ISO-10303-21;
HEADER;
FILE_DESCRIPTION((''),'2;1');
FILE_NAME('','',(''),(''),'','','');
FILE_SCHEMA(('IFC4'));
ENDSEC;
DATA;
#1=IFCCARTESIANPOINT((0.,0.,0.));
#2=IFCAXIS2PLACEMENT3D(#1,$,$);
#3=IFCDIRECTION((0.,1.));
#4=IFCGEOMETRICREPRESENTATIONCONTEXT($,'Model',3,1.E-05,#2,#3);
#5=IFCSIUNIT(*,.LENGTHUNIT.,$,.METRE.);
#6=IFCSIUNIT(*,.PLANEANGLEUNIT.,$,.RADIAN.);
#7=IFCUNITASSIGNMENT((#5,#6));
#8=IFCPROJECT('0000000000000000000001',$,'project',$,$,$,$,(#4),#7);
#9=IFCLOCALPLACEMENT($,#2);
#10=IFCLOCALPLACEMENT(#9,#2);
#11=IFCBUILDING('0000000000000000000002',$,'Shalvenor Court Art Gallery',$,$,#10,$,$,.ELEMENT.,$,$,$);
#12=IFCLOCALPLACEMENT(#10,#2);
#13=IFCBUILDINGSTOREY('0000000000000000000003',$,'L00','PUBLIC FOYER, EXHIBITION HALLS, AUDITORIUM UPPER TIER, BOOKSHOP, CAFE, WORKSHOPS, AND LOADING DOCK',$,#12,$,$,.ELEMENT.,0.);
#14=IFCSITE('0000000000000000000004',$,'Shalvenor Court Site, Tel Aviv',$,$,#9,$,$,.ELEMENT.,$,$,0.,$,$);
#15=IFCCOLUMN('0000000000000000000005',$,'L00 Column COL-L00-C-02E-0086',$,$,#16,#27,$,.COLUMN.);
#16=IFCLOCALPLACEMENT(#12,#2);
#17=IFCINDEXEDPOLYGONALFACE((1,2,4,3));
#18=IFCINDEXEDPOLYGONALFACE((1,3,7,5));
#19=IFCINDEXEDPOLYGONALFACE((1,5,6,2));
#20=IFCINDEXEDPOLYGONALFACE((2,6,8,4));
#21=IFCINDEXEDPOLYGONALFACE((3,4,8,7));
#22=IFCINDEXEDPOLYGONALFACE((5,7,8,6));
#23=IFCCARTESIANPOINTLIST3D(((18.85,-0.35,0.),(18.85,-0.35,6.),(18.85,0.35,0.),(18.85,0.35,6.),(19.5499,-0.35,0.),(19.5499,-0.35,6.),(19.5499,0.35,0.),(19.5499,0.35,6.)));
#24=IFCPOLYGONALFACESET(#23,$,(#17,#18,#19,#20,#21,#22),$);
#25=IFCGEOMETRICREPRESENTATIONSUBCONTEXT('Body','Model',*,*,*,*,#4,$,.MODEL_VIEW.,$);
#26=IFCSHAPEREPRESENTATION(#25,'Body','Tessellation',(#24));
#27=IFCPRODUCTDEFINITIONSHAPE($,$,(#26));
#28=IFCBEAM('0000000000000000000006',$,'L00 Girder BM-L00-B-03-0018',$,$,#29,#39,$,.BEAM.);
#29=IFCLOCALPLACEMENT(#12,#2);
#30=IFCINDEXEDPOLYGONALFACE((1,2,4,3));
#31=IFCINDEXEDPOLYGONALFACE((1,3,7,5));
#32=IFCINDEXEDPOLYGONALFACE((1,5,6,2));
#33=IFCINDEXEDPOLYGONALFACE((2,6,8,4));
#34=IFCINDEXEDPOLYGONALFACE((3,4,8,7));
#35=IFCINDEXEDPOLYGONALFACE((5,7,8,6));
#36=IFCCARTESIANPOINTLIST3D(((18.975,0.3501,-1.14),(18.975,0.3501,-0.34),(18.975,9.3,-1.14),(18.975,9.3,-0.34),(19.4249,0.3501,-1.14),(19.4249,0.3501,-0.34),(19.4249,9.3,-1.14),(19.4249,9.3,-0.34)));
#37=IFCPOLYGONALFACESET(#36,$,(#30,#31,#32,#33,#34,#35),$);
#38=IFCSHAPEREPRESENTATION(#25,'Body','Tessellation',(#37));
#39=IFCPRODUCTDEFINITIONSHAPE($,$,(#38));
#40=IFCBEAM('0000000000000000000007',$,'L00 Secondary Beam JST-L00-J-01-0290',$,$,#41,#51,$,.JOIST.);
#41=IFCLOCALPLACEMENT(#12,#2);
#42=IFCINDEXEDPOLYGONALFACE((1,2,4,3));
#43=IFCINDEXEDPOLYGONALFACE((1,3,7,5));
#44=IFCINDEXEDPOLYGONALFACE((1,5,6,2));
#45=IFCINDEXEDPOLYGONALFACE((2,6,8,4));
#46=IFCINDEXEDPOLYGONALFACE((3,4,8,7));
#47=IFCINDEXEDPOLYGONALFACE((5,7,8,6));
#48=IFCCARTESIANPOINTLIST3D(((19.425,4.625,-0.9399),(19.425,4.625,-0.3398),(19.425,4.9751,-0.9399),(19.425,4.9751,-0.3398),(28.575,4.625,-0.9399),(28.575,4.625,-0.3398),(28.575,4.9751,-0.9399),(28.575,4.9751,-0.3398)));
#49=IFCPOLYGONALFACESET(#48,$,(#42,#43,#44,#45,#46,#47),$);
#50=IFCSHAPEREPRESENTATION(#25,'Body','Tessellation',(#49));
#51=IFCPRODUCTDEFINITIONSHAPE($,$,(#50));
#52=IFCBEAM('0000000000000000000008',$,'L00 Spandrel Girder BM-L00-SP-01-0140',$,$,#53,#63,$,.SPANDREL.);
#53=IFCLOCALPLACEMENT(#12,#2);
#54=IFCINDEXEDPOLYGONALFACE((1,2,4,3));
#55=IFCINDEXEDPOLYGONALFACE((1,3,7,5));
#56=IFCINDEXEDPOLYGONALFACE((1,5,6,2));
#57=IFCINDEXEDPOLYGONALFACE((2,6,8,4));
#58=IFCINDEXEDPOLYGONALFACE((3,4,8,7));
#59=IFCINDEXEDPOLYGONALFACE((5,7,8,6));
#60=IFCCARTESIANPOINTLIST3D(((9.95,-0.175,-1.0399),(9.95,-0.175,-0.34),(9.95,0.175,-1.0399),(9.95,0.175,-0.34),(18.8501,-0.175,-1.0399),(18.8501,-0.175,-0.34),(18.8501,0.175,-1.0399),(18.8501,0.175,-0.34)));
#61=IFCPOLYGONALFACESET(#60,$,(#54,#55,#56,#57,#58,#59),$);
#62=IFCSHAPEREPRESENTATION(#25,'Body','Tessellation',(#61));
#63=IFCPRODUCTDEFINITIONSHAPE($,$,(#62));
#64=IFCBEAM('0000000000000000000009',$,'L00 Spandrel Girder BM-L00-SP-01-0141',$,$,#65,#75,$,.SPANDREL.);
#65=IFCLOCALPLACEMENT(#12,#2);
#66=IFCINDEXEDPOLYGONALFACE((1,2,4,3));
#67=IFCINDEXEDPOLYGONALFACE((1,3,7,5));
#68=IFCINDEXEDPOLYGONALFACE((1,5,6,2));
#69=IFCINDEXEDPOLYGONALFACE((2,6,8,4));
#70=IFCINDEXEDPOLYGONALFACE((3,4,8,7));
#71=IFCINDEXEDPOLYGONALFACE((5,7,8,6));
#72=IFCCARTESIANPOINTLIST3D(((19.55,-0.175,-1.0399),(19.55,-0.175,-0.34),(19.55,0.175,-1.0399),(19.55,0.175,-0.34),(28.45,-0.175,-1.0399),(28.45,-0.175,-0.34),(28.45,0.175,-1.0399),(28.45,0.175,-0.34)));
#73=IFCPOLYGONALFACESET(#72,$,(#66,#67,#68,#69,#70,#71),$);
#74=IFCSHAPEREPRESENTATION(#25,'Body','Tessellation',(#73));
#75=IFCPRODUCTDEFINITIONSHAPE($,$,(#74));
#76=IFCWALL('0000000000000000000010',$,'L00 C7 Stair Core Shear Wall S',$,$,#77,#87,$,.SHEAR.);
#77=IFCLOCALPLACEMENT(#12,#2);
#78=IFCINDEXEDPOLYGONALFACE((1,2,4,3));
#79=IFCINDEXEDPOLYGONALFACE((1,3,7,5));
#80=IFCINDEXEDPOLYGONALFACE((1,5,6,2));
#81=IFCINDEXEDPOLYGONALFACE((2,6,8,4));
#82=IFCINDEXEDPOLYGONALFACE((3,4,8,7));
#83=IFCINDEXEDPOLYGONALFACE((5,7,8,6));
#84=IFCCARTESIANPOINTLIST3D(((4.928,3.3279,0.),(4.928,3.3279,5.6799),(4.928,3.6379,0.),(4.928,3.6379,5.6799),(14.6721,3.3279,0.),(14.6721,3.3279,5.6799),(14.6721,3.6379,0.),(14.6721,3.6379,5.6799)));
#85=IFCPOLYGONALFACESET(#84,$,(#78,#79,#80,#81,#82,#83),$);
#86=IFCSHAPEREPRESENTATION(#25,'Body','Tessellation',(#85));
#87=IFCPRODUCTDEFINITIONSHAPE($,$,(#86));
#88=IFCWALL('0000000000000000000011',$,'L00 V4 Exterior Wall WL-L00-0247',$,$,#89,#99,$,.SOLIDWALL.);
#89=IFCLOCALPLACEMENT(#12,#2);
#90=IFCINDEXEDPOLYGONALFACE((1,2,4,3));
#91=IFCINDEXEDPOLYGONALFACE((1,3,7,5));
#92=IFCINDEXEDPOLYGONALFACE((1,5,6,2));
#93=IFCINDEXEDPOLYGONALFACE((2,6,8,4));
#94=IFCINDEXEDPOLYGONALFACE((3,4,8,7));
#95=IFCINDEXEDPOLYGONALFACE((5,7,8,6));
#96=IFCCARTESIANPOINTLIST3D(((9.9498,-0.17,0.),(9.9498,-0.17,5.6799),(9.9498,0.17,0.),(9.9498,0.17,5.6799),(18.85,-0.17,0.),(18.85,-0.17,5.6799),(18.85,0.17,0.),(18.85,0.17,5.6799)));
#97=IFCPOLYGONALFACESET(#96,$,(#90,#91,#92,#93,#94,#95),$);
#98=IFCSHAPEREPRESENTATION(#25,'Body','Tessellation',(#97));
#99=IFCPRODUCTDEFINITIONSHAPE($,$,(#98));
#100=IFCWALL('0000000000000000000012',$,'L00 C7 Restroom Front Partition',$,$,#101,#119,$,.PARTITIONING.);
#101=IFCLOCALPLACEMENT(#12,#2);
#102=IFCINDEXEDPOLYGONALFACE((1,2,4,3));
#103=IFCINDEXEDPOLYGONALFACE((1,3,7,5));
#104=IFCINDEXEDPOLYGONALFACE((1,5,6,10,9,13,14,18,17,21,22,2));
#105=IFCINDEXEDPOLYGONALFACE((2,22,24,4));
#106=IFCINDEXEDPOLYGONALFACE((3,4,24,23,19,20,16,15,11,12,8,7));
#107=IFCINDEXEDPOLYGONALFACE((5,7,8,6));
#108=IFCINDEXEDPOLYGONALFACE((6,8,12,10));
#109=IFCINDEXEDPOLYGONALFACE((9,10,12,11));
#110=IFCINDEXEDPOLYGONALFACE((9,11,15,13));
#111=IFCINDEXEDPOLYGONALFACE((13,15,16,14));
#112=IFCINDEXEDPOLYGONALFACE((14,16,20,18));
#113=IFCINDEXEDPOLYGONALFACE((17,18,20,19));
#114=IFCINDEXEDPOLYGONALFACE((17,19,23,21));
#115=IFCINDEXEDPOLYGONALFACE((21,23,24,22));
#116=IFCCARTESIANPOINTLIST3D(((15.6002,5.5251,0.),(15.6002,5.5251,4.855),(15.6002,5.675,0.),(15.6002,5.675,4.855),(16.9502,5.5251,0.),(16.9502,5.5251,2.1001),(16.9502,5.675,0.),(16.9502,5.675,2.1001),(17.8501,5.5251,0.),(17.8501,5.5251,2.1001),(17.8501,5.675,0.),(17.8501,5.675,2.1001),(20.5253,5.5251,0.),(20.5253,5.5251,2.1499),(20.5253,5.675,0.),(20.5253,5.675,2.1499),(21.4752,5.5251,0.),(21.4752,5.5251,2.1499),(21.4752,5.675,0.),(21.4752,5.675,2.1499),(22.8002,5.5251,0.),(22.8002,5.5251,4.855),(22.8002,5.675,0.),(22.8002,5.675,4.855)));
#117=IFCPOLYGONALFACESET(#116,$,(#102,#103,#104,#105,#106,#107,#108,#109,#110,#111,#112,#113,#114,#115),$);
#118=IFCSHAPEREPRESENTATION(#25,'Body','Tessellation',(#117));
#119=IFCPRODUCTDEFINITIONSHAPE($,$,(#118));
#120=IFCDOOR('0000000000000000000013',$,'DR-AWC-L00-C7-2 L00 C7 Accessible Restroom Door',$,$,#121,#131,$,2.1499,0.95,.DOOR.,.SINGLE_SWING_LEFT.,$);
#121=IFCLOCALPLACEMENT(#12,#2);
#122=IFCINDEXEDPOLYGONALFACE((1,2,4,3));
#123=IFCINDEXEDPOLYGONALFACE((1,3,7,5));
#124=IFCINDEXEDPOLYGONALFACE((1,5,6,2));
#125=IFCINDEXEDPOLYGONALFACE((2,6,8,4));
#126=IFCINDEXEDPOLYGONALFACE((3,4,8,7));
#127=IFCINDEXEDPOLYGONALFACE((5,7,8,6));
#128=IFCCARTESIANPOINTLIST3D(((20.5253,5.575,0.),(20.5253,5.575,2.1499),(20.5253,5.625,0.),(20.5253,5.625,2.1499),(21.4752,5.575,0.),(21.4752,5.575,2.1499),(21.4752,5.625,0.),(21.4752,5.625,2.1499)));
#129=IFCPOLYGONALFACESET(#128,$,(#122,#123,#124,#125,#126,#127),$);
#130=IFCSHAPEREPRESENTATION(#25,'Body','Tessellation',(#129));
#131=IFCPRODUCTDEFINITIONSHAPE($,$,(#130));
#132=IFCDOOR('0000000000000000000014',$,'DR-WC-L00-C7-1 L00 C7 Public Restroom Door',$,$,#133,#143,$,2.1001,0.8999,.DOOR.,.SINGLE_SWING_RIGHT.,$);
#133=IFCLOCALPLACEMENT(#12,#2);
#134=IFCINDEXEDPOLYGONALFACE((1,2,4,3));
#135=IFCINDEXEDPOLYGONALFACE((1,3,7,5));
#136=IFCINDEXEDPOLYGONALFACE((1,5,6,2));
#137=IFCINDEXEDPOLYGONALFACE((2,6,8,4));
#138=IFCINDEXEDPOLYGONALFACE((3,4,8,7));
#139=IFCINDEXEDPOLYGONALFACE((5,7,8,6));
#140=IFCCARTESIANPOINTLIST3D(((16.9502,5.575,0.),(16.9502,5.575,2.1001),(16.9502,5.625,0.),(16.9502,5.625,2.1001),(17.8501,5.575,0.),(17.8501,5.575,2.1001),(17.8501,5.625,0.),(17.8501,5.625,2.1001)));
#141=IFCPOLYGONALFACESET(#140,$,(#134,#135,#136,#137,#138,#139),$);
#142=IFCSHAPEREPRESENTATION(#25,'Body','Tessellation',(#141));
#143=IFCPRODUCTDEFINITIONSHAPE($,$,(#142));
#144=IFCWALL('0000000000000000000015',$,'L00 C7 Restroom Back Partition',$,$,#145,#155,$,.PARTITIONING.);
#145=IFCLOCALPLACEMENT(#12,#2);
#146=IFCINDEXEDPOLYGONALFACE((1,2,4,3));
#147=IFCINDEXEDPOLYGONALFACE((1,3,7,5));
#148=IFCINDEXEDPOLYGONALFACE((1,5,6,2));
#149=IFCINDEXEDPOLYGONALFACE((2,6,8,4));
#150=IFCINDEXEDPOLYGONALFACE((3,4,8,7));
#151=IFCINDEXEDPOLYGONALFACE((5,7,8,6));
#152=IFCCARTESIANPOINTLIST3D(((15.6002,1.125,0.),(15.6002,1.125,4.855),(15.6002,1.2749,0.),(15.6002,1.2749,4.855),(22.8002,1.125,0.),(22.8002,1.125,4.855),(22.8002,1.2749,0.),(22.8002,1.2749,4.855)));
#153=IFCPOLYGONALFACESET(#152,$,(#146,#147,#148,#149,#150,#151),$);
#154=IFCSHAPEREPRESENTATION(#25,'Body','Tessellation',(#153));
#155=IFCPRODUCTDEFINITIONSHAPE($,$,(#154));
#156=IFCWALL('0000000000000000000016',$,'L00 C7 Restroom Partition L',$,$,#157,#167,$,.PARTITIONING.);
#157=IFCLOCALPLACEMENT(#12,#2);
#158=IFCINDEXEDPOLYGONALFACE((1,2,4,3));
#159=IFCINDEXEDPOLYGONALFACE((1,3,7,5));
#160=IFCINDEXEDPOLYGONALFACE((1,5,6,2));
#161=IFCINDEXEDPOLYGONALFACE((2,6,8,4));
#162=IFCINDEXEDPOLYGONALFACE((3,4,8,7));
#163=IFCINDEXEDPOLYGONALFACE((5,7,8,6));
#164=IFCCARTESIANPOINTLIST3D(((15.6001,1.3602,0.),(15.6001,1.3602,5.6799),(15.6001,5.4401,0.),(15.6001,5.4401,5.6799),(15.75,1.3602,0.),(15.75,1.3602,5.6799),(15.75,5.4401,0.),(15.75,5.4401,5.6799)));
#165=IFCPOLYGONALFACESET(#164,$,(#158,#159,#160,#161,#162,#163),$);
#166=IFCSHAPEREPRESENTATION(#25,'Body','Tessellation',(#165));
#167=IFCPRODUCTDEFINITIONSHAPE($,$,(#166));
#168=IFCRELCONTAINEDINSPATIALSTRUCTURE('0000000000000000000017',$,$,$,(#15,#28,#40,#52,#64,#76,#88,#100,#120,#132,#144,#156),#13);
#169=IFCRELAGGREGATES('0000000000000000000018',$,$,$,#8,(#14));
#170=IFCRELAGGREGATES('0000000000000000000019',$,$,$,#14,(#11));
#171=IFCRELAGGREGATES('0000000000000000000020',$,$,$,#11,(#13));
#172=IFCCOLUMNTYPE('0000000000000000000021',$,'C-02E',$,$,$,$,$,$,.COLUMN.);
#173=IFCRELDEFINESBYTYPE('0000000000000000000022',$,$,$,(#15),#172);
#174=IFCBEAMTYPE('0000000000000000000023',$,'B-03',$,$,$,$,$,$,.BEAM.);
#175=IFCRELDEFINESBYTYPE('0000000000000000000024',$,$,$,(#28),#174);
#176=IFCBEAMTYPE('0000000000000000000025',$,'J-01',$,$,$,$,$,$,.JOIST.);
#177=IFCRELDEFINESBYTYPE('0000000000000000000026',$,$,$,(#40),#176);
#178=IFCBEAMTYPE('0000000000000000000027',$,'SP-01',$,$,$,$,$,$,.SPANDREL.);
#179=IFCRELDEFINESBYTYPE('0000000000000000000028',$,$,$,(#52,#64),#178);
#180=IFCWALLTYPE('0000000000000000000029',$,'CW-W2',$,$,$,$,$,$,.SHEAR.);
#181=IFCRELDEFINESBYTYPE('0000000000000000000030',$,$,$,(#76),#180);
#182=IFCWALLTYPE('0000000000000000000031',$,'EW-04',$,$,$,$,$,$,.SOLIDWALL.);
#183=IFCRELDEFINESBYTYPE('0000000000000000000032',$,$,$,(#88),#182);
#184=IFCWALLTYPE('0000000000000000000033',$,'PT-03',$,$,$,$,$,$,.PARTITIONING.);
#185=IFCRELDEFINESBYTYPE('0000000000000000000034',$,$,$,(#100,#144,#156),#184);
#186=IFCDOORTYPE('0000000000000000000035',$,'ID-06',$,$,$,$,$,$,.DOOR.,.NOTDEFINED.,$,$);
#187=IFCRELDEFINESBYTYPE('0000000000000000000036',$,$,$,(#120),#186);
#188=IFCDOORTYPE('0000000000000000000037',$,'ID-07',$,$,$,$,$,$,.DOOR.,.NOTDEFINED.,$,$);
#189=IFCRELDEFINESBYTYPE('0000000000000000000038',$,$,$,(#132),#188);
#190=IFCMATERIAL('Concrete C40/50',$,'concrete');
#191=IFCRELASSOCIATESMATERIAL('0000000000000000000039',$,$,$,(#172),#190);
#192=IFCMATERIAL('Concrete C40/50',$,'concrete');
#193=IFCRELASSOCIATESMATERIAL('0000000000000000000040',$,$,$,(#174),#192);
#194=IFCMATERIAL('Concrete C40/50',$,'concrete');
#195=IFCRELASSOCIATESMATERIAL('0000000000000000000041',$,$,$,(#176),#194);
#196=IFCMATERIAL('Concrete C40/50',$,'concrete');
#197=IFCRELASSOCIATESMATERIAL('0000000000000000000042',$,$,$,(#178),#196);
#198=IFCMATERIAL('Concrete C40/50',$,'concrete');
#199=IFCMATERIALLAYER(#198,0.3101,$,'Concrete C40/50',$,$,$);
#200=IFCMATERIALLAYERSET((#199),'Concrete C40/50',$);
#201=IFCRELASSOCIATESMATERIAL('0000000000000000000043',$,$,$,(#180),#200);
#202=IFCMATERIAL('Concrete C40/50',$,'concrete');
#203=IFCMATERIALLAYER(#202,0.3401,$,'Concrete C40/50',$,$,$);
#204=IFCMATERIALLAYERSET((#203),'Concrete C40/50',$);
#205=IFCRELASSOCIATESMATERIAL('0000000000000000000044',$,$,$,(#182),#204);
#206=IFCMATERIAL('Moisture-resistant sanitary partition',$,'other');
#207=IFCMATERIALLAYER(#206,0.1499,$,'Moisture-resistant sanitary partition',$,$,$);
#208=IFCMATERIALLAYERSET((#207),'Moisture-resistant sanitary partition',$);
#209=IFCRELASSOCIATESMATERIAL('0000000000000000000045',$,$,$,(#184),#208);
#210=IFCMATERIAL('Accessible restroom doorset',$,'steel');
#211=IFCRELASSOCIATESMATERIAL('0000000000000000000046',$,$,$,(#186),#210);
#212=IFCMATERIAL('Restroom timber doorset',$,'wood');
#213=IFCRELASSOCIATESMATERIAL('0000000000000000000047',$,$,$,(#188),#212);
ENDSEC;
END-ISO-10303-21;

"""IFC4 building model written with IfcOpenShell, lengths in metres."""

from ifc_helpers import new_model, si_unit, direction, frame, frame_2d, origin, origin_2d, place, context, subcontext, project, spatial, rectangle, extrude, material, layer, layer_set, material_profile, profile_set, type_object, element, fill, save


model = new_model("IFC4")

# Units and contexts
model_context = context("Model", 3, precision=1e-05, world=origin(), true_north=direction((0.0, 1.0)))
body_context = subcontext(model_context, "Body", "Model", "MODEL_VIEW")
ifc_project = project(units=[si_unit("LENGTHUNIT", "METRE"), si_unit("PLANEANGLEUNIT", "RADIAN")], contexts=[model_context])

# Site, building, storey
site_placement = place(None, origin())
site = spatial("IfcSite", under=ifc_project, at=site_placement, Name="Shalvenor Court Site, Tel Aviv", CompositionType="ELEMENT", RefElevation=0.0)
building_placement = place(site_placement, origin())
building = spatial("IfcBuilding", under=site, at=building_placement, Name="Shalvenor Court Art Gallery", CompositionType="ELEMENT")
storey_placement = place(building_placement, origin())
storey = spatial("IfcBuildingStorey", under=building, at=storey_placement, Name="L00", Description="PUBLIC FOYER, EXHIBITION HALLS, AUDITORIUM UPPER TIER, BOOKSHOP, CAFE, WORKSHOPS, AND LOADING DOCK", CompositionType="ELEMENT", Elevation=0.0)

# Column
ifc_material_1 = material(Name="Concrete C40/50", Category="concrete")
ifc_material_profile_1 = material_profile(ifc_material_1, rectangle(XDim=0.7, YDim=0.7, at=origin_2d()), Name="RC 700x700")
ifc_profile_set_1 = profile_set([ifc_material_profile_1], Name="Concrete C40/50")
column_type = type_object("IfcColumnType", Name="C-02E", PredefinedType="COLUMN", material=ifc_profile_set_1)
column_placement = place(storey_placement, frame((19.2, 0.0, 0.0), z_axis=(0.0, 0.0, 1.0), x_axis=(1.0, 0.0, 0.0)))
element("IfcColumn", 1, at=column_placement, inside=storey, type_object=column_type, Name="L00 Column COL-L00-C-02E-0086", PredefinedType="COLUMN", context=body_context, shape_type="SweptSolid", body=[
    extrude(rectangle(XDim=0.7, YDim=0.7, at=origin_2d()), origin(), (0.0, 0.0, 1.0), 6.0),
])

# Beams
ifc_material_2 = material(Name="Concrete C40/50", Category="concrete")
ifc_material_profile_2 = material_profile(ifc_material_2, rectangle(XDim=0.45, YDim=0.8, at=origin_2d()), Name="RC 450x800")
ifc_profile_set_2 = profile_set([ifc_material_profile_2], Name="Concrete C40/50")
beam_type_1 = type_object("IfcBeamType", Name="B-03", PredefinedType="BEAM", material=ifc_profile_set_2)
beam_1_placement = place(storey_placement, frame((19.2, 0.3501, -0.74), z_axis=(0.0, 1.0, 0.0), x_axis=(-1.0, 0.0, 0.0)))
element("IfcBeam", 2, at=beam_1_placement, inside=storey, type_object=beam_type_1, Name="L00 Girder BM-L00-B-03-0018", PredefinedType="BEAM", context=body_context, shape_type="SweptSolid", body=[
    extrude(rectangle(XDim=0.45, YDim=0.8, at=origin_2d()), origin(), (0.0, 0.0, 1.0), 8.95),
])
ifc_material_3 = material(Name="Concrete C40/50", Category="concrete")
ifc_material_profile_3 = material_profile(ifc_material_3, rectangle(XDim=0.3501, YDim=0.6001, at=origin_2d()), Name="RC 350x600")
ifc_profile_set_3 = profile_set([ifc_material_profile_3], Name="Concrete C40/50")
beam_type_2 = type_object("IfcBeamType", Name="J-01", PredefinedType="JOIST", material=ifc_profile_set_3)
beam_2_placement = place(storey_placement, frame((19.425, 4.8, -0.6399), z_axis=(1.0, 0.0, 0.0), x_axis=(0.0, 1.0, 0.0)))
element("IfcBeam", 3, at=beam_2_placement, inside=storey, type_object=beam_type_2, Name="L00 Secondary Beam JST-L00-J-01-0290", PredefinedType="JOIST", context=body_context, shape_type="SweptSolid", body=[
    extrude(rectangle(XDim=0.3501, YDim=0.6001, at=origin_2d()), origin(), (0.0, 0.0, 1.0), 9.1499),
])
ifc_material_4 = material(Name="Concrete C40/50", Category="concrete")
ifc_material_profile_4 = material_profile(ifc_material_4, rectangle(XDim=0.3501, YDim=0.7, at=origin_2d()), Name="RC 350x700")
ifc_profile_set_4 = profile_set([ifc_material_profile_4], Name="Concrete C40/50")
beam_type_3 = type_object("IfcBeamType", Name="SP-01", PredefinedType="SPANDREL", material=ifc_profile_set_4)
beam_3_placement = place(storey_placement, frame((9.95, 0.0, -0.6899), z_axis=(1.0, 0.0, 0.0), x_axis=(0.0, 1.0, 0.0)))
element("IfcBeam", 4, at=beam_3_placement, inside=storey, type_object=beam_type_3, Name="L00 Spandrel Girder BM-L00-SP-01-0140", PredefinedType="SPANDREL", context=body_context, shape_type="SweptSolid", body=[
    extrude(rectangle(XDim=0.3501, YDim=0.7, at=origin_2d()), origin(), (0.0, 0.0, 1.0), 8.9001),
])
beam_4_placement = place(storey_placement, frame((19.55, 0.0, -0.6899), z_axis=(1.0, 0.0, 0.0), x_axis=(0.0, 1.0, 0.0)))
element("IfcBeam", 5, at=beam_4_placement, inside=storey, type_object=beam_type_3, Name="L00 Spandrel Girder BM-L00-SP-01-0141", PredefinedType="SPANDREL", context=body_context, shape_type="SweptSolid", body=[
    extrude(rectangle(XDim=0.3501, YDim=0.7, at=origin_2d()), origin(), (0.0, 0.0, 1.0), 8.8999),
])

# Wall
ifc_material_5 = material(Name="Concrete C40/50", Category="concrete")
ifc_layer_1 = layer(ifc_material_5, 0.3101, Name="Concrete C40/50")
ifc_layer_set_1 = layer_set([ifc_layer_1], Name="Concrete C40/50")
wall_type_1 = type_object("IfcWallType", Name="CW-W2", PredefinedType="SHEAR", material=ifc_layer_set_1)
wall_1_placement = place(storey_placement, frame((14.6721, 3.4829, 0.0), z_axis=(0.0, 0.0, 1.0), x_axis=(-1.0, 0.0, 0.0)))
element("IfcWall", 6, at=wall_1_placement, inside=storey, type_object=wall_type_1, Name="L00 C7 Stair Core Shear Wall S", PredefinedType="SHEAR", context=body_context, shape_type="SweptSolid", body=[
    extrude(rectangle(XDim=9.7441, YDim=0.3101, at=frame_2d((4.8721, 0.0))), origin(), (0.0, 0.0, 1.0), 5.6799),
])

# Shared definitions
ifc_material_6 = material(Name="Concrete C40/50", Category="concrete")
ifc_layer_2 = layer(ifc_material_6, 0.3401, Name="Concrete C40/50")
ifc_layer_set_2 = layer_set([ifc_layer_2], Name="Concrete C40/50")
wall_type_2 = type_object("IfcWallType", Name="EW-04", PredefinedType="SOLIDWALL", material=ifc_layer_set_2)

# Wall
wall_2_placement = place(storey_placement, frame((18.8501, 0.0, 0.0), z_axis=(0.0, 0.0, 1.0), x_axis=(-1.0, 0.0, 0.0)))
element("IfcWall", 7, at=wall_2_placement, inside=storey, type_object=wall_type_2, Name="L00 V4 Exterior Wall WL-L00-0247", PredefinedType="SOLIDWALL", context=body_context, shape_type="SweptSolid", body=[
    extrude(rectangle(XDim=8.9001, YDim=0.3401, at=frame_2d((4.4502, 0.0))), origin(), (0.0, 0.0, 1.0), 5.6799),
])

# Wall, openings, doors
ifc_material_7 = material(Name="Moisture-resistant sanitary partition", Category="other")
ifc_layer_3 = layer(ifc_material_7, 0.1499, Name="Moisture-resistant sanitary partition")
ifc_layer_set_3 = layer_set([ifc_layer_3], Name="Moisture-resistant sanitary partition")
wall_type_3 = type_object("IfcWallType", Name="PT-03", PredefinedType="PARTITIONING", material=ifc_layer_set_3)
wall_3_placement = place(storey_placement, frame((15.6001, 5.6001, 0.0), z_axis=(0.0, 0.0, 1.0), x_axis=(1.0, 0.0, 0.0)))
wall_3 = element("IfcWall", 8, at=wall_3_placement, inside=storey, type_object=wall_type_3, Name="L00 C7 Restroom Front Partition", PredefinedType="PARTITIONING", context=body_context, shape_type="SweptSolid", body=[
    extrude(rectangle(XDim=7.2, YDim=0.1499, at=frame_2d((3.6001, 0.0))), origin(), (0.0, 0.0, 1.0), 4.855),
])
opening_1_placement = place(wall_3_placement, frame((1.3501, 0.0, 0.0)))
opening_1 = element("IfcOpeningElement", 9, at=opening_1_placement, cuts=wall_3, PredefinedType="OPENING", context=body_context, shape_type="SweptSolid", body=[
    extrude(rectangle(XDim=0.8999, YDim=2.1001, at=frame_2d((0.45, 1.05))), frame((0.0, 0.085, 0.0), z_axis=(0.0, -1.0, 0.0), x_axis=(1.0, 0.0, 0.0)), (0.0, 0.0, 1.0), 0.1699),
])
opening_2_placement = place(wall_3_placement, frame((4.925, 0.0, 0.0)))
opening_2 = element("IfcOpeningElement", 10, at=opening_2_placement, cuts=wall_3, PredefinedType="OPENING", context=body_context, shape_type="SweptSolid", body=[
    extrude(rectangle(XDim=0.95, YDim=2.1499, at=frame_2d((0.4751, 1.075))), frame((0.0, 0.085, 0.0), z_axis=(0.0, -1.0, 0.0), x_axis=(1.0, 0.0, 0.0)), (0.0, 0.0, 1.0), 0.1699),
])
ifc_material_8 = material(Name="Accessible restroom doorset", Category="steel")
door_type_1 = type_object("IfcDoorType", Name="ID-06", OperationType="NOTDEFINED", PredefinedType="DOOR", material=ifc_material_8)
door_1_placement = place(opening_2_placement, origin())
door_1 = element("IfcDoor", 11, at=door_1_placement, inside=storey, type_object=door_type_1, Name="DR-AWC-L00-C7-2 L00 C7 Accessible Restroom Door", OperationType="SINGLE_SWING_LEFT", OverallHeight=2.1499, OverallWidth=0.95, PredefinedType="DOOR", context=body_context, shape_type="SweptSolid", body=[
    extrude(rectangle(XDim=0.95, YDim=2.1499, at=frame_2d((0.4751, 1.075))), frame((0.0, 0.0249, 0.0), z_axis=(0.0, -1.0, 0.0), x_axis=(1.0, 0.0, 0.0)), (0.0, 0.0, 1.0), 0.05),
])
fill(opening_2, door_1)
ifc_material_9 = material(Name="Restroom timber doorset", Category="wood")
door_type_2 = type_object("IfcDoorType", Name="ID-07", OperationType="NOTDEFINED", PredefinedType="DOOR", material=ifc_material_9)
door_2_placement = place(opening_1_placement, origin())
door_2 = element("IfcDoor", 12, at=door_2_placement, inside=storey, type_object=door_type_2, Name="DR-WC-L00-C7-1 L00 C7 Public Restroom Door", OperationType="SINGLE_SWING_RIGHT", OverallHeight=2.1001, OverallWidth=0.8999, PredefinedType="DOOR", context=body_context, shape_type="SweptSolid", body=[
    extrude(rectangle(XDim=0.8999, YDim=2.1001, at=frame_2d((0.45, 1.05))), frame((0.0, 0.0249, 0.0), z_axis=(0.0, -1.0, 0.0), x_axis=(1.0, 0.0, 0.0)), (0.0, 0.0, 1.0), 0.05),
])
fill(opening_1, door_2)

# Walls
wall_4_placement = place(storey_placement, frame((15.6001, 1.2, 0.0), z_axis=(0.0, 0.0, 1.0), x_axis=(1.0, 0.0, 0.0)))
element("IfcWall", 13, at=wall_4_placement, inside=storey, type_object=wall_type_3, Name="L00 C7 Restroom Back Partition", PredefinedType="PARTITIONING", context=body_context, shape_type="SweptSolid", body=[
    extrude(rectangle(XDim=7.2, YDim=0.1499, at=frame_2d((3.6001, 0.0))), origin(), (0.0, 0.0, 1.0), 4.855),
])
wall_5_placement = place(storey_placement, frame((15.675, 1.3601, 0.0), z_axis=(0.0, 0.0, 1.0), x_axis=(0.0, 1.0, 0.0)))
element("IfcWall", 14, at=wall_5_placement, inside=storey, type_object=wall_type_3, Name="L00 C7 Restroom Partition L", PredefinedType="PARTITIONING", context=body_context, shape_type="SweptSolid", body=[
    extrude(rectangle(XDim=4.0798, YDim=0.1499, at=frame_2d((2.04, 0.0))), origin(), (0.0, 0.0, 1.0), 5.6799),
])

save(model, "model.ifc")
